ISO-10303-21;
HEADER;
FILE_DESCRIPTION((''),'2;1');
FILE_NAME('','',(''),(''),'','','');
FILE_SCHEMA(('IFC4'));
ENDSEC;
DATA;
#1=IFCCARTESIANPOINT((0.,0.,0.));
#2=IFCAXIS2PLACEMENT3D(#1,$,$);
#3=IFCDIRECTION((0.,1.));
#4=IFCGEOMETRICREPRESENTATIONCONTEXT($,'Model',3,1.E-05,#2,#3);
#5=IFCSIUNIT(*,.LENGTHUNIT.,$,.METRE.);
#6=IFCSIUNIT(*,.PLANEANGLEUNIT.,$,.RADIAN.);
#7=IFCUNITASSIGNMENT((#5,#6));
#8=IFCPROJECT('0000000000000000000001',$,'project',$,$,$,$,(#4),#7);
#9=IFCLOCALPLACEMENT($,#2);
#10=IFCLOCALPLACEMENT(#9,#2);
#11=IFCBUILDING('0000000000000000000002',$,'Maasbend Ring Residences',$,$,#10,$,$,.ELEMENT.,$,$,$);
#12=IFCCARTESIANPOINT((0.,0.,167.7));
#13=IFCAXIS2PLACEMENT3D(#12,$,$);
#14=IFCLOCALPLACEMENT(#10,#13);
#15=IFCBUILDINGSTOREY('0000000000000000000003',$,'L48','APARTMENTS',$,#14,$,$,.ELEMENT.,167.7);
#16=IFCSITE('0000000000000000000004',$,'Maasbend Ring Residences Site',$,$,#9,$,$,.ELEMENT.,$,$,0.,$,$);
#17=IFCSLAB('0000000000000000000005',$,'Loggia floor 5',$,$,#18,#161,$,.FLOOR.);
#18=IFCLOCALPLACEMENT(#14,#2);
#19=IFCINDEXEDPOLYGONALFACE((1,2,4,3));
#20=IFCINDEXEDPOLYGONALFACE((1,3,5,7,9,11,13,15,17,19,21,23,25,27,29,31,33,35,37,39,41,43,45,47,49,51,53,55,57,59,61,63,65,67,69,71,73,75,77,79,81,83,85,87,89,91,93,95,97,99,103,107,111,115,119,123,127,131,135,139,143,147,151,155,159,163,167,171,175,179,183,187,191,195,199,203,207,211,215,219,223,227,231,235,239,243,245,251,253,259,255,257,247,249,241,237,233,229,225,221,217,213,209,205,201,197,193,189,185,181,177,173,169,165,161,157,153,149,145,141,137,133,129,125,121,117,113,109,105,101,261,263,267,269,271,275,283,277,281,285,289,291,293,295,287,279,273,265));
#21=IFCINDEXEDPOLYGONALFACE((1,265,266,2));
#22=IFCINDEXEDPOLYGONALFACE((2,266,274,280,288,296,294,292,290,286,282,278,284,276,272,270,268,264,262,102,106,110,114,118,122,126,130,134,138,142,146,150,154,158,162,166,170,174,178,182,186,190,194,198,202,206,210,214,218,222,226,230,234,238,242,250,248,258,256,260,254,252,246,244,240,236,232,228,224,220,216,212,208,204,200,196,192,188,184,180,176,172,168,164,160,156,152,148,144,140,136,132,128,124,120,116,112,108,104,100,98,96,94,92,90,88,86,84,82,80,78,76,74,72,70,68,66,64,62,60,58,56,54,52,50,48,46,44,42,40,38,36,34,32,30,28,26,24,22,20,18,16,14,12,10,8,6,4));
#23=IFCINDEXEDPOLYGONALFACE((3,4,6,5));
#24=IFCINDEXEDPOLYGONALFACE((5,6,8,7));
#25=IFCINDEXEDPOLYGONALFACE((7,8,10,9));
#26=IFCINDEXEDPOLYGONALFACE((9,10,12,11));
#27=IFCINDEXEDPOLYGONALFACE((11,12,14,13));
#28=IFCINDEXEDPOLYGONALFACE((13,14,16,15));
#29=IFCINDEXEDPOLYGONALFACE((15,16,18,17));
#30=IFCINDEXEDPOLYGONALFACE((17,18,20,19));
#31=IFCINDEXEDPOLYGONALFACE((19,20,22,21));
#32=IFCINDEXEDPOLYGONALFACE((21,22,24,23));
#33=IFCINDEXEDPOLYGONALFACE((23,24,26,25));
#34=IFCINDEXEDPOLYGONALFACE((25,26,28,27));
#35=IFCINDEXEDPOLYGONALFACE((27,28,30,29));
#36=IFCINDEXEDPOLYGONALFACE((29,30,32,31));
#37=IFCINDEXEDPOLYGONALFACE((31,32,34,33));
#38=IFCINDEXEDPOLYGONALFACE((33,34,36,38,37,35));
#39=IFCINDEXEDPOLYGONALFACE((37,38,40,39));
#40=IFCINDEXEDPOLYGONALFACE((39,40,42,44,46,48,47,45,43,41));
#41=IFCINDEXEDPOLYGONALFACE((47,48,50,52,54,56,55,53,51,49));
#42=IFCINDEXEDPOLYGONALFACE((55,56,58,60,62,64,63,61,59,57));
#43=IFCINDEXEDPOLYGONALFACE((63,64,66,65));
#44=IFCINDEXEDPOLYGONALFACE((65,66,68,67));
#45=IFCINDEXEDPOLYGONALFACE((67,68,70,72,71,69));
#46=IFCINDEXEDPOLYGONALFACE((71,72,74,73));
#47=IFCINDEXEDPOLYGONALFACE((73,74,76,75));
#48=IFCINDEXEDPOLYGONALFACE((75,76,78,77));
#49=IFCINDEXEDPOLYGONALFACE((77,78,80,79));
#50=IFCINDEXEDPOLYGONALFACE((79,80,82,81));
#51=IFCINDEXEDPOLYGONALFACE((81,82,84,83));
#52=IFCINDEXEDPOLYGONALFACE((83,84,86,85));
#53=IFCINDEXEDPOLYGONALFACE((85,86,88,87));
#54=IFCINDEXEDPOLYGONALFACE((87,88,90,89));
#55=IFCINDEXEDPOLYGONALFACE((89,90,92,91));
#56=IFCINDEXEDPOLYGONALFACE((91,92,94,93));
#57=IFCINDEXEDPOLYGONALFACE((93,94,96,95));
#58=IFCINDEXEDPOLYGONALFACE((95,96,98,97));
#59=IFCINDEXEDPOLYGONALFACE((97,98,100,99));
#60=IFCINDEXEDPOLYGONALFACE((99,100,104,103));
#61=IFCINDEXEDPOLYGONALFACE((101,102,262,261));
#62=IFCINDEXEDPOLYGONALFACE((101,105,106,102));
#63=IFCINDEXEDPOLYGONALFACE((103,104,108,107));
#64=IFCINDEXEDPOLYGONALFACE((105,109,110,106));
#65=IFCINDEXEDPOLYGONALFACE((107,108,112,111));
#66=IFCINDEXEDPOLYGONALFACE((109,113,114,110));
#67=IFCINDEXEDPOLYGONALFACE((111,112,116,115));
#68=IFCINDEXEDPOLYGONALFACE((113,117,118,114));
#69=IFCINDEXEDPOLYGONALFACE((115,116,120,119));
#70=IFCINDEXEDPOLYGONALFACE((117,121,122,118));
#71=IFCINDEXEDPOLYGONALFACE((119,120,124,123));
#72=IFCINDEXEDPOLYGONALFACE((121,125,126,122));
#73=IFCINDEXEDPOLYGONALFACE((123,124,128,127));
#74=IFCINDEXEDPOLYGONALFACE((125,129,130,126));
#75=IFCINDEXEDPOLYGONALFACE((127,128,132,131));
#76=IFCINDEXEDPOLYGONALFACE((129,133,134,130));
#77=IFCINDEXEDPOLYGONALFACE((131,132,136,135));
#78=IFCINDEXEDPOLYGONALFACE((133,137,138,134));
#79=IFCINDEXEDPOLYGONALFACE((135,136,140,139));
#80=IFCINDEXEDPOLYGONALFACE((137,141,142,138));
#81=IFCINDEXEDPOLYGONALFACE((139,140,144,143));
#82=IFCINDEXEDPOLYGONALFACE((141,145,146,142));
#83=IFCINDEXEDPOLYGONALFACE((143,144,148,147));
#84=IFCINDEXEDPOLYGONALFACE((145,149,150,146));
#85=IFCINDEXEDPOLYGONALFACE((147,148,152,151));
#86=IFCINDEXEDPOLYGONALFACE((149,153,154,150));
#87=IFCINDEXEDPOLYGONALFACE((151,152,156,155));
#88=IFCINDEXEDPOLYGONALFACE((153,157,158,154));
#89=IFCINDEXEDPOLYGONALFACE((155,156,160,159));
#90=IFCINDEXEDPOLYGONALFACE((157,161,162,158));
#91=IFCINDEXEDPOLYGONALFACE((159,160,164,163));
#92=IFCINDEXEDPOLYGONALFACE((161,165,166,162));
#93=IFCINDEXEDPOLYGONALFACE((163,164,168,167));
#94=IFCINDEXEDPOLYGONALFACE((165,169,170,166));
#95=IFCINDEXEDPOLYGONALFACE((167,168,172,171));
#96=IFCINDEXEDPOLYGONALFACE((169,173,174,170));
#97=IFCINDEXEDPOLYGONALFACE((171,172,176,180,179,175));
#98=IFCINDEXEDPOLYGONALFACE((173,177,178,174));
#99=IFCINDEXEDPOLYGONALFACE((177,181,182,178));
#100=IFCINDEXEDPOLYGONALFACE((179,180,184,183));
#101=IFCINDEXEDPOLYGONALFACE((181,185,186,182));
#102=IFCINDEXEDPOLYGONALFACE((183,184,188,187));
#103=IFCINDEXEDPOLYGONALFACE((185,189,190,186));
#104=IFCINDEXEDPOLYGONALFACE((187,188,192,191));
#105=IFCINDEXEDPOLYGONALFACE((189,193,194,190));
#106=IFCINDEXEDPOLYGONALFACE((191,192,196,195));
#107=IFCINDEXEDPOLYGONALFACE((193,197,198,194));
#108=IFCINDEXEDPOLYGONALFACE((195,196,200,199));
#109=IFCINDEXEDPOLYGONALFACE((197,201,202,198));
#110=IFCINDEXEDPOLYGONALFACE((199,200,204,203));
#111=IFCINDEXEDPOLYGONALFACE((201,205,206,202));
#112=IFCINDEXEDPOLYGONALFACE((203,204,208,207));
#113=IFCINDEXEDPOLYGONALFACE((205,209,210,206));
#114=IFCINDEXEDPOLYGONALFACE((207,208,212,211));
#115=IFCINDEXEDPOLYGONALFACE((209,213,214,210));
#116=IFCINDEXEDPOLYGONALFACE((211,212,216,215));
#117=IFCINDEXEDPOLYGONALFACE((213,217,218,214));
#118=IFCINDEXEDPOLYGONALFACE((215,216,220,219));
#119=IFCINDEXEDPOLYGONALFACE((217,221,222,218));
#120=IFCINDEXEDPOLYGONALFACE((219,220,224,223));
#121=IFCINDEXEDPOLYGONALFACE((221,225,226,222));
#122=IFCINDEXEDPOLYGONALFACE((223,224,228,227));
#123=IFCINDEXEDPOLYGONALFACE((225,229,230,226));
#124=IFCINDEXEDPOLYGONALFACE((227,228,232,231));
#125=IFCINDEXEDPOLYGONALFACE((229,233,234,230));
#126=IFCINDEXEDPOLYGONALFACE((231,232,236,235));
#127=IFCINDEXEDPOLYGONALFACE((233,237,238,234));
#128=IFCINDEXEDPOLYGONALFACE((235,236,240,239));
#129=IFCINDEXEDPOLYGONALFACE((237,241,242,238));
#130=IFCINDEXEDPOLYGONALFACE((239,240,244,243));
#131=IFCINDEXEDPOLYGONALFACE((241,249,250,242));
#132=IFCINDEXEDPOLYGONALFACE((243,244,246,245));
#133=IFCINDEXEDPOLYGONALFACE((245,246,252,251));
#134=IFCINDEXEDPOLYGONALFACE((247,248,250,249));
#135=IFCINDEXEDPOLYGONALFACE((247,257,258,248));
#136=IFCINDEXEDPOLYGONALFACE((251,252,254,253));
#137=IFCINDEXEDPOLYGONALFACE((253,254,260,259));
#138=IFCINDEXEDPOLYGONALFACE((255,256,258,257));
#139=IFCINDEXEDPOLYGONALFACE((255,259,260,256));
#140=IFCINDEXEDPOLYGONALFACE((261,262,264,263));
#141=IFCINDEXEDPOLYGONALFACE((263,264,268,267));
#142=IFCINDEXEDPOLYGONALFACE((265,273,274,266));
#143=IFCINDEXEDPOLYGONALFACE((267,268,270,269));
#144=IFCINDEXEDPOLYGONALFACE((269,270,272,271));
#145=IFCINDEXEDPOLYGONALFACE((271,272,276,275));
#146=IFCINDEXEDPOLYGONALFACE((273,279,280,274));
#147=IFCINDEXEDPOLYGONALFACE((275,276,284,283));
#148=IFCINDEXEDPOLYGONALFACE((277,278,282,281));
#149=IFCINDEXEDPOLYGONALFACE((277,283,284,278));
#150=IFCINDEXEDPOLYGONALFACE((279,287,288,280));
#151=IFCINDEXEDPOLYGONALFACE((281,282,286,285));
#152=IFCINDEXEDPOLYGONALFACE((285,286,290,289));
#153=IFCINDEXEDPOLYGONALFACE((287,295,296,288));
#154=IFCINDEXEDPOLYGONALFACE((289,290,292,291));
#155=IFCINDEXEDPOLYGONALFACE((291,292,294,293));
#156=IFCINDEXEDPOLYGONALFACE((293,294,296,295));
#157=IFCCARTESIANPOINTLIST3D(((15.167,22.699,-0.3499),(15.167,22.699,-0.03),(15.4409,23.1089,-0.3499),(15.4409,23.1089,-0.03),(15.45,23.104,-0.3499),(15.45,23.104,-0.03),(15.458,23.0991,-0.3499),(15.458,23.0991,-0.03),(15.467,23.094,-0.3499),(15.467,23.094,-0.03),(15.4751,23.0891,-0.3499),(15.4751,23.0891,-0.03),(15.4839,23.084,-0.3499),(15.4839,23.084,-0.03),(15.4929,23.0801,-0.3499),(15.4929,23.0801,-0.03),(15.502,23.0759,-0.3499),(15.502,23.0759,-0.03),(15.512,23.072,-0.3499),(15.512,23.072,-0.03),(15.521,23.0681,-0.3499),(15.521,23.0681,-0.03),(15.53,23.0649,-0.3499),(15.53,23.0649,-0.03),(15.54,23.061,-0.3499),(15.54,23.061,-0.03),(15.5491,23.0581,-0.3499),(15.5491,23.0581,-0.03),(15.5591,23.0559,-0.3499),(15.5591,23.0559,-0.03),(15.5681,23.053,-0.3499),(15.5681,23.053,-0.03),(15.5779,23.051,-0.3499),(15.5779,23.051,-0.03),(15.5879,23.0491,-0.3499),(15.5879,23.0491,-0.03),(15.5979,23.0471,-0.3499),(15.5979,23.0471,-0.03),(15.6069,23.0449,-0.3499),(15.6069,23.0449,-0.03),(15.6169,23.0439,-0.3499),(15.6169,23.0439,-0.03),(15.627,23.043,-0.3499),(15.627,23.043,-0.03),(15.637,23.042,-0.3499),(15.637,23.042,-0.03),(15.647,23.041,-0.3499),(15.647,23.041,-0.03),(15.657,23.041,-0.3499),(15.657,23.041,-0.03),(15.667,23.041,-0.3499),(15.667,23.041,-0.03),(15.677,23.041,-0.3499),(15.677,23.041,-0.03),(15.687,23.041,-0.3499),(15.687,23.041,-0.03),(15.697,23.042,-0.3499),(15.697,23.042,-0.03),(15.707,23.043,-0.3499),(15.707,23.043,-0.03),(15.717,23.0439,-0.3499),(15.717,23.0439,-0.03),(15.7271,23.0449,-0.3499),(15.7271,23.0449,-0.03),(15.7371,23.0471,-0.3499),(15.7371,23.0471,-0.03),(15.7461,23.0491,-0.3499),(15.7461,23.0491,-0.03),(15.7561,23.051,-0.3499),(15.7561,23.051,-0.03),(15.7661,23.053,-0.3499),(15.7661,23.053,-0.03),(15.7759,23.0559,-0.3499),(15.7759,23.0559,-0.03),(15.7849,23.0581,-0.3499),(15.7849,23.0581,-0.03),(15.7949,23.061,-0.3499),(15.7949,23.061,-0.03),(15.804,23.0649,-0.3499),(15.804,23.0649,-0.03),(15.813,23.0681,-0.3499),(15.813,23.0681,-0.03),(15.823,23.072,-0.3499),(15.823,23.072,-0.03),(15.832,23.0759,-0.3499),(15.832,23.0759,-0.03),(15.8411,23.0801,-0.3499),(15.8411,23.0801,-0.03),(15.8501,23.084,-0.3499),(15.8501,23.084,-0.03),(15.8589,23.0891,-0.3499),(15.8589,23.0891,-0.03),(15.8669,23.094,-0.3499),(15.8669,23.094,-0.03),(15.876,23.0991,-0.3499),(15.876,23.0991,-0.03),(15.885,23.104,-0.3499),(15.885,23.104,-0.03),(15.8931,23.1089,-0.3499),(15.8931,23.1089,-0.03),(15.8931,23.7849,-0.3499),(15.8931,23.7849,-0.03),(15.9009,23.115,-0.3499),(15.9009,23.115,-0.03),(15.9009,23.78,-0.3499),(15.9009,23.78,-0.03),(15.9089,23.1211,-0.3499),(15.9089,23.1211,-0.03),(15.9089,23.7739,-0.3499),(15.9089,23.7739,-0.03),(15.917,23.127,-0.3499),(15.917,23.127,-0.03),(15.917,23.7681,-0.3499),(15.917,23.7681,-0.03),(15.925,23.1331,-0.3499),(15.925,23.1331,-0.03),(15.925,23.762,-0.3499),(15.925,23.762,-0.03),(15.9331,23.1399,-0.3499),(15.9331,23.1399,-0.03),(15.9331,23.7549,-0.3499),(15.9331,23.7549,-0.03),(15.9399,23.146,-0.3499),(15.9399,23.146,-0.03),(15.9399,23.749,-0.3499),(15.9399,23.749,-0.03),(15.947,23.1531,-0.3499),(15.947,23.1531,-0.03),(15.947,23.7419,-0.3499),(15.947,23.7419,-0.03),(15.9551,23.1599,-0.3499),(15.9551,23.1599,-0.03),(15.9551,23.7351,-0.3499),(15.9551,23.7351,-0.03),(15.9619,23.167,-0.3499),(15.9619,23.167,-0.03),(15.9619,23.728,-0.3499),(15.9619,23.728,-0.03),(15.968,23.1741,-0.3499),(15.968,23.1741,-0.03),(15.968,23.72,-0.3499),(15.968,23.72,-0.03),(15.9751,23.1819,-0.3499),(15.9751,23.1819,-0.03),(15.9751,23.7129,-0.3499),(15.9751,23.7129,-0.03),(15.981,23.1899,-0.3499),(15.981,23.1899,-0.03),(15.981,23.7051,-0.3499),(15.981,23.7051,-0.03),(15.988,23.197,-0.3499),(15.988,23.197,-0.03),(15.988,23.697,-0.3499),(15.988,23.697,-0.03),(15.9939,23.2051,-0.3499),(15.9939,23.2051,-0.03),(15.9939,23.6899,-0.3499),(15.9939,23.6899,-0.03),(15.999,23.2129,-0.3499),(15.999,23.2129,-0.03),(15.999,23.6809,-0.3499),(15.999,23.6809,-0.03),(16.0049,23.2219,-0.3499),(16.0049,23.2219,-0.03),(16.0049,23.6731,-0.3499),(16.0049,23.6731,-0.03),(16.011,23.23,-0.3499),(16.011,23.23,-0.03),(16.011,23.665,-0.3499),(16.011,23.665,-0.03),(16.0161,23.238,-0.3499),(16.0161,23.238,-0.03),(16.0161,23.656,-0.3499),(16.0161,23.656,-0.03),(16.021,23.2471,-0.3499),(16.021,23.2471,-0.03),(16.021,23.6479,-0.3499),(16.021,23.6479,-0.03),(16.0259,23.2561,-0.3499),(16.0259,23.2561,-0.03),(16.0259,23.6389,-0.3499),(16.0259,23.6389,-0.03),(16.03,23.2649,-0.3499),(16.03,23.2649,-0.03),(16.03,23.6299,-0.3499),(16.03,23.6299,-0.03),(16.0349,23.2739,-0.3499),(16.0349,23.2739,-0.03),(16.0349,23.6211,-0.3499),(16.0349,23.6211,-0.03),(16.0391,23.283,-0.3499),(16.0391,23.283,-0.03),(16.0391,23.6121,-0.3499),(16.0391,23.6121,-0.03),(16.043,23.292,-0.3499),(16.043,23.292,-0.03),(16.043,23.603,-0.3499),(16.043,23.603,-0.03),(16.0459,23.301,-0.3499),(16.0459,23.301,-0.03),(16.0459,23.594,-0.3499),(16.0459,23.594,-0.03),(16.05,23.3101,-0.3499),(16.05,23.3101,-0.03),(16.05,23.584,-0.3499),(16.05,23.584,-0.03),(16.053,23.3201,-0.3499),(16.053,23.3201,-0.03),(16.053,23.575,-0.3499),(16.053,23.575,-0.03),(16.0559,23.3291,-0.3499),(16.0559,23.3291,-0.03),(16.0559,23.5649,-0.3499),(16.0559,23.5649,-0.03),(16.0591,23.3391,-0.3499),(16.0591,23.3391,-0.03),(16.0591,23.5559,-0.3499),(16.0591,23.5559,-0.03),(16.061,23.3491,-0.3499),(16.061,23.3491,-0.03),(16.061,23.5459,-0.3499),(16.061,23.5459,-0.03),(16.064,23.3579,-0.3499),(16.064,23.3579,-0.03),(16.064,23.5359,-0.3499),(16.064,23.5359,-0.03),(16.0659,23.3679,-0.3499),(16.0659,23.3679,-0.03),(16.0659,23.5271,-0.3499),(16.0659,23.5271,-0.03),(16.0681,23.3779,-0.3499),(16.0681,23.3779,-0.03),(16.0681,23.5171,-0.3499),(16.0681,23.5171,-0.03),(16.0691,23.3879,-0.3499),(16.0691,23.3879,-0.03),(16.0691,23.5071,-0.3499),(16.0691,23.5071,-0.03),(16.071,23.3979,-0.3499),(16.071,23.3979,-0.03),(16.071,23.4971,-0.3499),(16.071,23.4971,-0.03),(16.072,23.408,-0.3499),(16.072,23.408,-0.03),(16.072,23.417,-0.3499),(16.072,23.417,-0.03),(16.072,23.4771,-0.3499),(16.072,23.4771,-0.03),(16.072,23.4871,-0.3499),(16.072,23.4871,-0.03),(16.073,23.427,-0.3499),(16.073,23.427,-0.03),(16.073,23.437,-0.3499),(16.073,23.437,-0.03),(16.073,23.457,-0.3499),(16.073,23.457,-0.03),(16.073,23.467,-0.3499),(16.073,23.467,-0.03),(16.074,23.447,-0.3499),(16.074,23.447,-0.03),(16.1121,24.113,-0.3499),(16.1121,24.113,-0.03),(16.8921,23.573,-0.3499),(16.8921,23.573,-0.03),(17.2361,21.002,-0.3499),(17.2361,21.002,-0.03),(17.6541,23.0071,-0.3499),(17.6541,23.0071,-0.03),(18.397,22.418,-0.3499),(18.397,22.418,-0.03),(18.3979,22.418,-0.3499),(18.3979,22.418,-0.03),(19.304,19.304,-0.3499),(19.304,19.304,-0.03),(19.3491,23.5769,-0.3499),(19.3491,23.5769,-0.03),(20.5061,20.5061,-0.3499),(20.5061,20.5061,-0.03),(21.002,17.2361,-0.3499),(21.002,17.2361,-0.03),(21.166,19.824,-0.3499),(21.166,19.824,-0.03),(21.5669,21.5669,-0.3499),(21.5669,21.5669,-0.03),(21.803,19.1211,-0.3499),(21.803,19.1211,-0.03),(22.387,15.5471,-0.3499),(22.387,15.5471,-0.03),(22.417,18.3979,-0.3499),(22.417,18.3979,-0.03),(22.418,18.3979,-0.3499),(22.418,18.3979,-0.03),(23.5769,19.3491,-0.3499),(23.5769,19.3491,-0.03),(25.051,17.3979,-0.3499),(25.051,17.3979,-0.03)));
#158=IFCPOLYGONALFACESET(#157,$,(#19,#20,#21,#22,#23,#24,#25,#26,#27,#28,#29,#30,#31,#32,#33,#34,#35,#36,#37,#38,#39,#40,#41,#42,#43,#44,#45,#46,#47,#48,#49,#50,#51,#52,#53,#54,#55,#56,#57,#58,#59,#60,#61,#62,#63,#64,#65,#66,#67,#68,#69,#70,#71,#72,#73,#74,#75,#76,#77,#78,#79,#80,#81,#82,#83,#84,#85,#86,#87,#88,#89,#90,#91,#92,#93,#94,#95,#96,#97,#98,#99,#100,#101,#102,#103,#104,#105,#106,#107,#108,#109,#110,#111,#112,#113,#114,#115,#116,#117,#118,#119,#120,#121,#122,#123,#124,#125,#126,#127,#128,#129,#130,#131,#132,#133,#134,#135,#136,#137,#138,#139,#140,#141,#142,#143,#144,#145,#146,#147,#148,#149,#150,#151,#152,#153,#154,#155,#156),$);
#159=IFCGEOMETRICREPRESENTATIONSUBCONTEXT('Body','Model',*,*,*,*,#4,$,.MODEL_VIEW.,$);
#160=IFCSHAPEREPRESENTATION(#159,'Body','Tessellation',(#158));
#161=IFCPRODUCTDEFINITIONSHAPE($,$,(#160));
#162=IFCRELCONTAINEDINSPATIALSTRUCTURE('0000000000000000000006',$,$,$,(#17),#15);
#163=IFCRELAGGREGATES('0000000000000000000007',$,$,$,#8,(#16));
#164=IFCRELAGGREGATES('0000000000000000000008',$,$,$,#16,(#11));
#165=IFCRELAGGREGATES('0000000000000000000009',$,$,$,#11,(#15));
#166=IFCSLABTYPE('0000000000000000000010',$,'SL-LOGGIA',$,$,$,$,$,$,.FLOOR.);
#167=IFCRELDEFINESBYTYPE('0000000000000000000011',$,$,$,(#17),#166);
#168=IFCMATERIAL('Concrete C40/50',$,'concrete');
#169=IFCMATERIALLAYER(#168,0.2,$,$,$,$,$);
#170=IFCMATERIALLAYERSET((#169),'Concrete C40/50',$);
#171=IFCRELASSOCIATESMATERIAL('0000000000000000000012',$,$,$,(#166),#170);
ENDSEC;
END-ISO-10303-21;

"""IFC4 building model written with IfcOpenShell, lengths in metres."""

from ifc_helpers import new_model, si_unit, direction, frame, origin, place, context, subcontext, project, spatial, polyline, outline, extrude, material, layer, layer_set, type_object, element, save


model = new_model("IFC4")

# Units and contexts
model_context = context("Model", 3, precision=1e-05, world=origin(), true_north=direction((0.0, 1.0)))
body_context = subcontext(model_context, "Body", "Model", "MODEL_VIEW")
ifc_project = project(units=[si_unit("LENGTHUNIT", "METRE"), si_unit("PLANEANGLEUNIT", "RADIAN")], contexts=[model_context])

# Site, building, storey
site_placement = place(None, origin())
site = spatial("IfcSite", under=ifc_project, at=site_placement, Name="Maasbend Ring Residences Site", CompositionType="ELEMENT", RefElevation=0.0)
building_placement = place(site_placement, origin())
building = spatial("IfcBuilding", under=site, at=building_placement, Name="Maasbend Ring Residences", CompositionType="ELEMENT")
storey_placement = place(building_placement, frame((0.0, 0.0, 167.7)))
storey = spatial("IfcBuildingStorey", under=building, at=storey_placement, Name="L48", Description="APARTMENTS", CompositionType="ELEMENT", Elevation=167.7)

# Slab
ifc_material_1 = material(Name="Concrete C40/50", Category="concrete")
ifc_layer_1 = layer(ifc_material_1, 0.2)
ifc_layer_set_1 = layer_set([ifc_layer_1], Name="Concrete C40/50")
slab_type_1 = type_object("IfcSlabType", Name="SL-LOGGIA", PredefinedType="FLOOR", material=ifc_layer_set_1)
slab_1_placement = place(storey_placement, frame((0.0, 0.0, -0.3499)))
element("IfcSlab", 1, at=slab_1_placement, inside=storey, type_object=slab_type_1, Name="Loggia floor 5", PredefinedType="FLOOR", context=body_context, shape_type="SweptSolid", body=[
    extrude(outline(polyline([(15.458, 23.0991), (15.467, 23.094), (15.4751, 23.0891), (15.4839, 23.084), (15.4929, 23.0801), (15.502, 23.0759), (15.512, 23.072), (15.521, 23.0681), (15.53, 23.0649), (15.54, 23.061), (15.5491, 23.0581), (15.5591, 23.0559), (15.5681, 23.053), (15.5779, 23.051), (15.5879, 23.0491), (15.5979, 23.0471), (15.6069, 23.0449), (15.6169, 23.0439), (15.627, 23.043), (15.637, 23.042), (15.647, 23.041), (15.657, 23.041), (15.667, 23.041), (15.677, 23.041), (15.687, 23.041), (15.697, 23.042), (15.707, 23.043), (15.717, 23.0439), (15.7271, 23.0449), (15.7371, 23.0471), (15.7461, 23.0491), (15.7561, 23.051), (15.7661, 23.053), (15.7759, 23.0559), (15.7849, 23.0581), (15.7949, 23.061), (15.804, 23.0649), (15.813, 23.0681), (15.823, 23.072), (15.832, 23.0759), (15.8411, 23.0801), (15.8501, 23.084), (15.8589, 23.0891), (15.8669, 23.094), (15.876, 23.0991), (15.885, 23.104), (15.8931, 23.1089), (15.9009, 23.115), (15.9089, 23.1211), (15.917, 23.127), (15.925, 23.1331), (15.9331, 23.1399), (15.9399, 23.146), (15.947, 23.1531), (15.9551, 23.1599), (15.9619, 23.167), (15.968, 23.1741), (15.9751, 23.1819), (15.981, 23.1899), (15.988, 23.197), (15.9939, 23.2051), (15.999, 23.2129), (16.0049, 23.2219), (16.011, 23.23), (16.0161, 23.238), (16.021, 23.2471), (16.0259, 23.2561), (16.03, 23.2649), (16.0349, 23.2739), (16.0391, 23.283), (16.043, 23.292), (16.0459, 23.301), (16.05, 23.3101), (16.053, 23.3201), (16.0559, 23.3291), (16.0591, 23.3391), (16.061, 23.3491), (16.064, 23.3579), (16.0659, 23.3679), (16.0681, 23.3779), (16.0691, 23.3879), (16.071, 23.3979), (16.072, 23.408), (16.072, 23.417), (16.073, 23.427), (16.073, 23.437), (16.074, 23.447), (16.073, 23.457), (16.073, 23.467), (16.072, 23.4771), (16.072, 23.4871), (16.071, 23.4971), (16.0691, 23.5071), (16.0681, 23.5171), (16.0659, 23.5271), (16.064, 23.5359), (16.061, 23.5459), (16.0591, 23.5559), (16.0559, 23.5649), (16.053, 23.575), (16.05, 23.584), (16.0459, 23.594), (16.043, 23.603), (16.0391, 23.6121), (16.0349, 23.6211), (16.03, 23.6299), (16.0259, 23.6389), (16.021, 23.6479), (16.0161, 23.656), (16.011, 23.665), (16.0049, 23.6731), (15.999, 23.6809), (15.9939, 23.6899), (15.988, 23.697), (15.981, 23.7051), (15.9751, 23.7129), (15.968, 23.72), (15.9619, 23.728), (15.9551, 23.7351), (15.947, 23.7419), (15.9399, 23.749), (15.9331, 23.7549), (15.925, 23.762), (15.917, 23.7681), (15.9089, 23.7739), (15.9009, 23.78), (15.8931, 23.7849), (15.8931, 23.7849), (16.1121, 24.113), (16.1121, 24.113), (16.1121, 24.113), (16.8921, 23.573), (16.8921, 23.573), (17.6541, 23.0071), (17.6541, 23.0071), (18.397, 22.418), (18.397, 22.418), (18.397, 22.418), (18.397, 22.418), (18.397, 22.418), (18.397, 22.418), (18.397, 22.418), (18.397, 22.418), (18.397, 22.418), (18.397, 22.418), (18.397, 22.418), (18.3979, 22.418), (18.3979, 22.418), (18.3979, 22.418), (18.3979, 22.418), (18.3979, 22.418), (18.3979, 22.418), (19.3491, 23.5769), (19.3491, 23.5769), (19.3491, 23.5769), (21.5669, 21.5669), (21.5669, 21.5669), (21.5669, 21.5669), (20.5061, 20.5061), (20.5061, 20.5061), (20.5061, 20.5061), (20.5061, 20.5061), (20.5061, 20.5061), (20.5061, 20.5061), (20.5061, 20.5061), (20.5061, 20.5061), (20.5061, 20.5061), (20.5061, 20.5061), (20.5061, 20.5061), (20.5061, 20.5061), (20.5061, 20.5061), (20.5061, 20.5061), (20.5061, 20.5061), (20.5061, 20.5061), (20.5061, 20.5061), (21.166, 19.824), (21.166, 19.824), (21.803, 19.1211), (21.803, 19.1211), (22.417, 18.3979), (22.417, 18.3979), (22.417, 18.3979), (22.417, 18.3979), (22.417, 18.3979), (22.417, 18.3979), (22.417, 18.3979), (22.417, 18.3979), (22.417, 18.3979), (22.417, 18.3979), (22.417, 18.3979), (22.417, 18.3979), (22.418, 18.3979), (22.418, 18.3979), (22.418, 18.3979), (22.418, 18.3979), (22.418, 18.3979), (23.5769, 19.3491), (23.5769, 19.3491), (23.5769, 19.3491), (25.051, 17.3979), (25.051, 17.3979), (25.051, 17.3979), (22.387, 15.5471), (22.387, 15.5471), (22.387, 15.5471), (21.002, 17.2361), (19.304, 19.304), (19.304, 19.304), (19.304, 19.304), (17.2361, 21.002), (15.167, 22.699), (15.167, 22.699), (15.167, 22.699), (15.4409, 23.1089), (15.4409, 23.1089), (15.45, 23.104), (15.458, 23.0991)])), origin(), (0.0, 0.0, 1.0), 0.3198),
])

save(model, "model.ifc")
